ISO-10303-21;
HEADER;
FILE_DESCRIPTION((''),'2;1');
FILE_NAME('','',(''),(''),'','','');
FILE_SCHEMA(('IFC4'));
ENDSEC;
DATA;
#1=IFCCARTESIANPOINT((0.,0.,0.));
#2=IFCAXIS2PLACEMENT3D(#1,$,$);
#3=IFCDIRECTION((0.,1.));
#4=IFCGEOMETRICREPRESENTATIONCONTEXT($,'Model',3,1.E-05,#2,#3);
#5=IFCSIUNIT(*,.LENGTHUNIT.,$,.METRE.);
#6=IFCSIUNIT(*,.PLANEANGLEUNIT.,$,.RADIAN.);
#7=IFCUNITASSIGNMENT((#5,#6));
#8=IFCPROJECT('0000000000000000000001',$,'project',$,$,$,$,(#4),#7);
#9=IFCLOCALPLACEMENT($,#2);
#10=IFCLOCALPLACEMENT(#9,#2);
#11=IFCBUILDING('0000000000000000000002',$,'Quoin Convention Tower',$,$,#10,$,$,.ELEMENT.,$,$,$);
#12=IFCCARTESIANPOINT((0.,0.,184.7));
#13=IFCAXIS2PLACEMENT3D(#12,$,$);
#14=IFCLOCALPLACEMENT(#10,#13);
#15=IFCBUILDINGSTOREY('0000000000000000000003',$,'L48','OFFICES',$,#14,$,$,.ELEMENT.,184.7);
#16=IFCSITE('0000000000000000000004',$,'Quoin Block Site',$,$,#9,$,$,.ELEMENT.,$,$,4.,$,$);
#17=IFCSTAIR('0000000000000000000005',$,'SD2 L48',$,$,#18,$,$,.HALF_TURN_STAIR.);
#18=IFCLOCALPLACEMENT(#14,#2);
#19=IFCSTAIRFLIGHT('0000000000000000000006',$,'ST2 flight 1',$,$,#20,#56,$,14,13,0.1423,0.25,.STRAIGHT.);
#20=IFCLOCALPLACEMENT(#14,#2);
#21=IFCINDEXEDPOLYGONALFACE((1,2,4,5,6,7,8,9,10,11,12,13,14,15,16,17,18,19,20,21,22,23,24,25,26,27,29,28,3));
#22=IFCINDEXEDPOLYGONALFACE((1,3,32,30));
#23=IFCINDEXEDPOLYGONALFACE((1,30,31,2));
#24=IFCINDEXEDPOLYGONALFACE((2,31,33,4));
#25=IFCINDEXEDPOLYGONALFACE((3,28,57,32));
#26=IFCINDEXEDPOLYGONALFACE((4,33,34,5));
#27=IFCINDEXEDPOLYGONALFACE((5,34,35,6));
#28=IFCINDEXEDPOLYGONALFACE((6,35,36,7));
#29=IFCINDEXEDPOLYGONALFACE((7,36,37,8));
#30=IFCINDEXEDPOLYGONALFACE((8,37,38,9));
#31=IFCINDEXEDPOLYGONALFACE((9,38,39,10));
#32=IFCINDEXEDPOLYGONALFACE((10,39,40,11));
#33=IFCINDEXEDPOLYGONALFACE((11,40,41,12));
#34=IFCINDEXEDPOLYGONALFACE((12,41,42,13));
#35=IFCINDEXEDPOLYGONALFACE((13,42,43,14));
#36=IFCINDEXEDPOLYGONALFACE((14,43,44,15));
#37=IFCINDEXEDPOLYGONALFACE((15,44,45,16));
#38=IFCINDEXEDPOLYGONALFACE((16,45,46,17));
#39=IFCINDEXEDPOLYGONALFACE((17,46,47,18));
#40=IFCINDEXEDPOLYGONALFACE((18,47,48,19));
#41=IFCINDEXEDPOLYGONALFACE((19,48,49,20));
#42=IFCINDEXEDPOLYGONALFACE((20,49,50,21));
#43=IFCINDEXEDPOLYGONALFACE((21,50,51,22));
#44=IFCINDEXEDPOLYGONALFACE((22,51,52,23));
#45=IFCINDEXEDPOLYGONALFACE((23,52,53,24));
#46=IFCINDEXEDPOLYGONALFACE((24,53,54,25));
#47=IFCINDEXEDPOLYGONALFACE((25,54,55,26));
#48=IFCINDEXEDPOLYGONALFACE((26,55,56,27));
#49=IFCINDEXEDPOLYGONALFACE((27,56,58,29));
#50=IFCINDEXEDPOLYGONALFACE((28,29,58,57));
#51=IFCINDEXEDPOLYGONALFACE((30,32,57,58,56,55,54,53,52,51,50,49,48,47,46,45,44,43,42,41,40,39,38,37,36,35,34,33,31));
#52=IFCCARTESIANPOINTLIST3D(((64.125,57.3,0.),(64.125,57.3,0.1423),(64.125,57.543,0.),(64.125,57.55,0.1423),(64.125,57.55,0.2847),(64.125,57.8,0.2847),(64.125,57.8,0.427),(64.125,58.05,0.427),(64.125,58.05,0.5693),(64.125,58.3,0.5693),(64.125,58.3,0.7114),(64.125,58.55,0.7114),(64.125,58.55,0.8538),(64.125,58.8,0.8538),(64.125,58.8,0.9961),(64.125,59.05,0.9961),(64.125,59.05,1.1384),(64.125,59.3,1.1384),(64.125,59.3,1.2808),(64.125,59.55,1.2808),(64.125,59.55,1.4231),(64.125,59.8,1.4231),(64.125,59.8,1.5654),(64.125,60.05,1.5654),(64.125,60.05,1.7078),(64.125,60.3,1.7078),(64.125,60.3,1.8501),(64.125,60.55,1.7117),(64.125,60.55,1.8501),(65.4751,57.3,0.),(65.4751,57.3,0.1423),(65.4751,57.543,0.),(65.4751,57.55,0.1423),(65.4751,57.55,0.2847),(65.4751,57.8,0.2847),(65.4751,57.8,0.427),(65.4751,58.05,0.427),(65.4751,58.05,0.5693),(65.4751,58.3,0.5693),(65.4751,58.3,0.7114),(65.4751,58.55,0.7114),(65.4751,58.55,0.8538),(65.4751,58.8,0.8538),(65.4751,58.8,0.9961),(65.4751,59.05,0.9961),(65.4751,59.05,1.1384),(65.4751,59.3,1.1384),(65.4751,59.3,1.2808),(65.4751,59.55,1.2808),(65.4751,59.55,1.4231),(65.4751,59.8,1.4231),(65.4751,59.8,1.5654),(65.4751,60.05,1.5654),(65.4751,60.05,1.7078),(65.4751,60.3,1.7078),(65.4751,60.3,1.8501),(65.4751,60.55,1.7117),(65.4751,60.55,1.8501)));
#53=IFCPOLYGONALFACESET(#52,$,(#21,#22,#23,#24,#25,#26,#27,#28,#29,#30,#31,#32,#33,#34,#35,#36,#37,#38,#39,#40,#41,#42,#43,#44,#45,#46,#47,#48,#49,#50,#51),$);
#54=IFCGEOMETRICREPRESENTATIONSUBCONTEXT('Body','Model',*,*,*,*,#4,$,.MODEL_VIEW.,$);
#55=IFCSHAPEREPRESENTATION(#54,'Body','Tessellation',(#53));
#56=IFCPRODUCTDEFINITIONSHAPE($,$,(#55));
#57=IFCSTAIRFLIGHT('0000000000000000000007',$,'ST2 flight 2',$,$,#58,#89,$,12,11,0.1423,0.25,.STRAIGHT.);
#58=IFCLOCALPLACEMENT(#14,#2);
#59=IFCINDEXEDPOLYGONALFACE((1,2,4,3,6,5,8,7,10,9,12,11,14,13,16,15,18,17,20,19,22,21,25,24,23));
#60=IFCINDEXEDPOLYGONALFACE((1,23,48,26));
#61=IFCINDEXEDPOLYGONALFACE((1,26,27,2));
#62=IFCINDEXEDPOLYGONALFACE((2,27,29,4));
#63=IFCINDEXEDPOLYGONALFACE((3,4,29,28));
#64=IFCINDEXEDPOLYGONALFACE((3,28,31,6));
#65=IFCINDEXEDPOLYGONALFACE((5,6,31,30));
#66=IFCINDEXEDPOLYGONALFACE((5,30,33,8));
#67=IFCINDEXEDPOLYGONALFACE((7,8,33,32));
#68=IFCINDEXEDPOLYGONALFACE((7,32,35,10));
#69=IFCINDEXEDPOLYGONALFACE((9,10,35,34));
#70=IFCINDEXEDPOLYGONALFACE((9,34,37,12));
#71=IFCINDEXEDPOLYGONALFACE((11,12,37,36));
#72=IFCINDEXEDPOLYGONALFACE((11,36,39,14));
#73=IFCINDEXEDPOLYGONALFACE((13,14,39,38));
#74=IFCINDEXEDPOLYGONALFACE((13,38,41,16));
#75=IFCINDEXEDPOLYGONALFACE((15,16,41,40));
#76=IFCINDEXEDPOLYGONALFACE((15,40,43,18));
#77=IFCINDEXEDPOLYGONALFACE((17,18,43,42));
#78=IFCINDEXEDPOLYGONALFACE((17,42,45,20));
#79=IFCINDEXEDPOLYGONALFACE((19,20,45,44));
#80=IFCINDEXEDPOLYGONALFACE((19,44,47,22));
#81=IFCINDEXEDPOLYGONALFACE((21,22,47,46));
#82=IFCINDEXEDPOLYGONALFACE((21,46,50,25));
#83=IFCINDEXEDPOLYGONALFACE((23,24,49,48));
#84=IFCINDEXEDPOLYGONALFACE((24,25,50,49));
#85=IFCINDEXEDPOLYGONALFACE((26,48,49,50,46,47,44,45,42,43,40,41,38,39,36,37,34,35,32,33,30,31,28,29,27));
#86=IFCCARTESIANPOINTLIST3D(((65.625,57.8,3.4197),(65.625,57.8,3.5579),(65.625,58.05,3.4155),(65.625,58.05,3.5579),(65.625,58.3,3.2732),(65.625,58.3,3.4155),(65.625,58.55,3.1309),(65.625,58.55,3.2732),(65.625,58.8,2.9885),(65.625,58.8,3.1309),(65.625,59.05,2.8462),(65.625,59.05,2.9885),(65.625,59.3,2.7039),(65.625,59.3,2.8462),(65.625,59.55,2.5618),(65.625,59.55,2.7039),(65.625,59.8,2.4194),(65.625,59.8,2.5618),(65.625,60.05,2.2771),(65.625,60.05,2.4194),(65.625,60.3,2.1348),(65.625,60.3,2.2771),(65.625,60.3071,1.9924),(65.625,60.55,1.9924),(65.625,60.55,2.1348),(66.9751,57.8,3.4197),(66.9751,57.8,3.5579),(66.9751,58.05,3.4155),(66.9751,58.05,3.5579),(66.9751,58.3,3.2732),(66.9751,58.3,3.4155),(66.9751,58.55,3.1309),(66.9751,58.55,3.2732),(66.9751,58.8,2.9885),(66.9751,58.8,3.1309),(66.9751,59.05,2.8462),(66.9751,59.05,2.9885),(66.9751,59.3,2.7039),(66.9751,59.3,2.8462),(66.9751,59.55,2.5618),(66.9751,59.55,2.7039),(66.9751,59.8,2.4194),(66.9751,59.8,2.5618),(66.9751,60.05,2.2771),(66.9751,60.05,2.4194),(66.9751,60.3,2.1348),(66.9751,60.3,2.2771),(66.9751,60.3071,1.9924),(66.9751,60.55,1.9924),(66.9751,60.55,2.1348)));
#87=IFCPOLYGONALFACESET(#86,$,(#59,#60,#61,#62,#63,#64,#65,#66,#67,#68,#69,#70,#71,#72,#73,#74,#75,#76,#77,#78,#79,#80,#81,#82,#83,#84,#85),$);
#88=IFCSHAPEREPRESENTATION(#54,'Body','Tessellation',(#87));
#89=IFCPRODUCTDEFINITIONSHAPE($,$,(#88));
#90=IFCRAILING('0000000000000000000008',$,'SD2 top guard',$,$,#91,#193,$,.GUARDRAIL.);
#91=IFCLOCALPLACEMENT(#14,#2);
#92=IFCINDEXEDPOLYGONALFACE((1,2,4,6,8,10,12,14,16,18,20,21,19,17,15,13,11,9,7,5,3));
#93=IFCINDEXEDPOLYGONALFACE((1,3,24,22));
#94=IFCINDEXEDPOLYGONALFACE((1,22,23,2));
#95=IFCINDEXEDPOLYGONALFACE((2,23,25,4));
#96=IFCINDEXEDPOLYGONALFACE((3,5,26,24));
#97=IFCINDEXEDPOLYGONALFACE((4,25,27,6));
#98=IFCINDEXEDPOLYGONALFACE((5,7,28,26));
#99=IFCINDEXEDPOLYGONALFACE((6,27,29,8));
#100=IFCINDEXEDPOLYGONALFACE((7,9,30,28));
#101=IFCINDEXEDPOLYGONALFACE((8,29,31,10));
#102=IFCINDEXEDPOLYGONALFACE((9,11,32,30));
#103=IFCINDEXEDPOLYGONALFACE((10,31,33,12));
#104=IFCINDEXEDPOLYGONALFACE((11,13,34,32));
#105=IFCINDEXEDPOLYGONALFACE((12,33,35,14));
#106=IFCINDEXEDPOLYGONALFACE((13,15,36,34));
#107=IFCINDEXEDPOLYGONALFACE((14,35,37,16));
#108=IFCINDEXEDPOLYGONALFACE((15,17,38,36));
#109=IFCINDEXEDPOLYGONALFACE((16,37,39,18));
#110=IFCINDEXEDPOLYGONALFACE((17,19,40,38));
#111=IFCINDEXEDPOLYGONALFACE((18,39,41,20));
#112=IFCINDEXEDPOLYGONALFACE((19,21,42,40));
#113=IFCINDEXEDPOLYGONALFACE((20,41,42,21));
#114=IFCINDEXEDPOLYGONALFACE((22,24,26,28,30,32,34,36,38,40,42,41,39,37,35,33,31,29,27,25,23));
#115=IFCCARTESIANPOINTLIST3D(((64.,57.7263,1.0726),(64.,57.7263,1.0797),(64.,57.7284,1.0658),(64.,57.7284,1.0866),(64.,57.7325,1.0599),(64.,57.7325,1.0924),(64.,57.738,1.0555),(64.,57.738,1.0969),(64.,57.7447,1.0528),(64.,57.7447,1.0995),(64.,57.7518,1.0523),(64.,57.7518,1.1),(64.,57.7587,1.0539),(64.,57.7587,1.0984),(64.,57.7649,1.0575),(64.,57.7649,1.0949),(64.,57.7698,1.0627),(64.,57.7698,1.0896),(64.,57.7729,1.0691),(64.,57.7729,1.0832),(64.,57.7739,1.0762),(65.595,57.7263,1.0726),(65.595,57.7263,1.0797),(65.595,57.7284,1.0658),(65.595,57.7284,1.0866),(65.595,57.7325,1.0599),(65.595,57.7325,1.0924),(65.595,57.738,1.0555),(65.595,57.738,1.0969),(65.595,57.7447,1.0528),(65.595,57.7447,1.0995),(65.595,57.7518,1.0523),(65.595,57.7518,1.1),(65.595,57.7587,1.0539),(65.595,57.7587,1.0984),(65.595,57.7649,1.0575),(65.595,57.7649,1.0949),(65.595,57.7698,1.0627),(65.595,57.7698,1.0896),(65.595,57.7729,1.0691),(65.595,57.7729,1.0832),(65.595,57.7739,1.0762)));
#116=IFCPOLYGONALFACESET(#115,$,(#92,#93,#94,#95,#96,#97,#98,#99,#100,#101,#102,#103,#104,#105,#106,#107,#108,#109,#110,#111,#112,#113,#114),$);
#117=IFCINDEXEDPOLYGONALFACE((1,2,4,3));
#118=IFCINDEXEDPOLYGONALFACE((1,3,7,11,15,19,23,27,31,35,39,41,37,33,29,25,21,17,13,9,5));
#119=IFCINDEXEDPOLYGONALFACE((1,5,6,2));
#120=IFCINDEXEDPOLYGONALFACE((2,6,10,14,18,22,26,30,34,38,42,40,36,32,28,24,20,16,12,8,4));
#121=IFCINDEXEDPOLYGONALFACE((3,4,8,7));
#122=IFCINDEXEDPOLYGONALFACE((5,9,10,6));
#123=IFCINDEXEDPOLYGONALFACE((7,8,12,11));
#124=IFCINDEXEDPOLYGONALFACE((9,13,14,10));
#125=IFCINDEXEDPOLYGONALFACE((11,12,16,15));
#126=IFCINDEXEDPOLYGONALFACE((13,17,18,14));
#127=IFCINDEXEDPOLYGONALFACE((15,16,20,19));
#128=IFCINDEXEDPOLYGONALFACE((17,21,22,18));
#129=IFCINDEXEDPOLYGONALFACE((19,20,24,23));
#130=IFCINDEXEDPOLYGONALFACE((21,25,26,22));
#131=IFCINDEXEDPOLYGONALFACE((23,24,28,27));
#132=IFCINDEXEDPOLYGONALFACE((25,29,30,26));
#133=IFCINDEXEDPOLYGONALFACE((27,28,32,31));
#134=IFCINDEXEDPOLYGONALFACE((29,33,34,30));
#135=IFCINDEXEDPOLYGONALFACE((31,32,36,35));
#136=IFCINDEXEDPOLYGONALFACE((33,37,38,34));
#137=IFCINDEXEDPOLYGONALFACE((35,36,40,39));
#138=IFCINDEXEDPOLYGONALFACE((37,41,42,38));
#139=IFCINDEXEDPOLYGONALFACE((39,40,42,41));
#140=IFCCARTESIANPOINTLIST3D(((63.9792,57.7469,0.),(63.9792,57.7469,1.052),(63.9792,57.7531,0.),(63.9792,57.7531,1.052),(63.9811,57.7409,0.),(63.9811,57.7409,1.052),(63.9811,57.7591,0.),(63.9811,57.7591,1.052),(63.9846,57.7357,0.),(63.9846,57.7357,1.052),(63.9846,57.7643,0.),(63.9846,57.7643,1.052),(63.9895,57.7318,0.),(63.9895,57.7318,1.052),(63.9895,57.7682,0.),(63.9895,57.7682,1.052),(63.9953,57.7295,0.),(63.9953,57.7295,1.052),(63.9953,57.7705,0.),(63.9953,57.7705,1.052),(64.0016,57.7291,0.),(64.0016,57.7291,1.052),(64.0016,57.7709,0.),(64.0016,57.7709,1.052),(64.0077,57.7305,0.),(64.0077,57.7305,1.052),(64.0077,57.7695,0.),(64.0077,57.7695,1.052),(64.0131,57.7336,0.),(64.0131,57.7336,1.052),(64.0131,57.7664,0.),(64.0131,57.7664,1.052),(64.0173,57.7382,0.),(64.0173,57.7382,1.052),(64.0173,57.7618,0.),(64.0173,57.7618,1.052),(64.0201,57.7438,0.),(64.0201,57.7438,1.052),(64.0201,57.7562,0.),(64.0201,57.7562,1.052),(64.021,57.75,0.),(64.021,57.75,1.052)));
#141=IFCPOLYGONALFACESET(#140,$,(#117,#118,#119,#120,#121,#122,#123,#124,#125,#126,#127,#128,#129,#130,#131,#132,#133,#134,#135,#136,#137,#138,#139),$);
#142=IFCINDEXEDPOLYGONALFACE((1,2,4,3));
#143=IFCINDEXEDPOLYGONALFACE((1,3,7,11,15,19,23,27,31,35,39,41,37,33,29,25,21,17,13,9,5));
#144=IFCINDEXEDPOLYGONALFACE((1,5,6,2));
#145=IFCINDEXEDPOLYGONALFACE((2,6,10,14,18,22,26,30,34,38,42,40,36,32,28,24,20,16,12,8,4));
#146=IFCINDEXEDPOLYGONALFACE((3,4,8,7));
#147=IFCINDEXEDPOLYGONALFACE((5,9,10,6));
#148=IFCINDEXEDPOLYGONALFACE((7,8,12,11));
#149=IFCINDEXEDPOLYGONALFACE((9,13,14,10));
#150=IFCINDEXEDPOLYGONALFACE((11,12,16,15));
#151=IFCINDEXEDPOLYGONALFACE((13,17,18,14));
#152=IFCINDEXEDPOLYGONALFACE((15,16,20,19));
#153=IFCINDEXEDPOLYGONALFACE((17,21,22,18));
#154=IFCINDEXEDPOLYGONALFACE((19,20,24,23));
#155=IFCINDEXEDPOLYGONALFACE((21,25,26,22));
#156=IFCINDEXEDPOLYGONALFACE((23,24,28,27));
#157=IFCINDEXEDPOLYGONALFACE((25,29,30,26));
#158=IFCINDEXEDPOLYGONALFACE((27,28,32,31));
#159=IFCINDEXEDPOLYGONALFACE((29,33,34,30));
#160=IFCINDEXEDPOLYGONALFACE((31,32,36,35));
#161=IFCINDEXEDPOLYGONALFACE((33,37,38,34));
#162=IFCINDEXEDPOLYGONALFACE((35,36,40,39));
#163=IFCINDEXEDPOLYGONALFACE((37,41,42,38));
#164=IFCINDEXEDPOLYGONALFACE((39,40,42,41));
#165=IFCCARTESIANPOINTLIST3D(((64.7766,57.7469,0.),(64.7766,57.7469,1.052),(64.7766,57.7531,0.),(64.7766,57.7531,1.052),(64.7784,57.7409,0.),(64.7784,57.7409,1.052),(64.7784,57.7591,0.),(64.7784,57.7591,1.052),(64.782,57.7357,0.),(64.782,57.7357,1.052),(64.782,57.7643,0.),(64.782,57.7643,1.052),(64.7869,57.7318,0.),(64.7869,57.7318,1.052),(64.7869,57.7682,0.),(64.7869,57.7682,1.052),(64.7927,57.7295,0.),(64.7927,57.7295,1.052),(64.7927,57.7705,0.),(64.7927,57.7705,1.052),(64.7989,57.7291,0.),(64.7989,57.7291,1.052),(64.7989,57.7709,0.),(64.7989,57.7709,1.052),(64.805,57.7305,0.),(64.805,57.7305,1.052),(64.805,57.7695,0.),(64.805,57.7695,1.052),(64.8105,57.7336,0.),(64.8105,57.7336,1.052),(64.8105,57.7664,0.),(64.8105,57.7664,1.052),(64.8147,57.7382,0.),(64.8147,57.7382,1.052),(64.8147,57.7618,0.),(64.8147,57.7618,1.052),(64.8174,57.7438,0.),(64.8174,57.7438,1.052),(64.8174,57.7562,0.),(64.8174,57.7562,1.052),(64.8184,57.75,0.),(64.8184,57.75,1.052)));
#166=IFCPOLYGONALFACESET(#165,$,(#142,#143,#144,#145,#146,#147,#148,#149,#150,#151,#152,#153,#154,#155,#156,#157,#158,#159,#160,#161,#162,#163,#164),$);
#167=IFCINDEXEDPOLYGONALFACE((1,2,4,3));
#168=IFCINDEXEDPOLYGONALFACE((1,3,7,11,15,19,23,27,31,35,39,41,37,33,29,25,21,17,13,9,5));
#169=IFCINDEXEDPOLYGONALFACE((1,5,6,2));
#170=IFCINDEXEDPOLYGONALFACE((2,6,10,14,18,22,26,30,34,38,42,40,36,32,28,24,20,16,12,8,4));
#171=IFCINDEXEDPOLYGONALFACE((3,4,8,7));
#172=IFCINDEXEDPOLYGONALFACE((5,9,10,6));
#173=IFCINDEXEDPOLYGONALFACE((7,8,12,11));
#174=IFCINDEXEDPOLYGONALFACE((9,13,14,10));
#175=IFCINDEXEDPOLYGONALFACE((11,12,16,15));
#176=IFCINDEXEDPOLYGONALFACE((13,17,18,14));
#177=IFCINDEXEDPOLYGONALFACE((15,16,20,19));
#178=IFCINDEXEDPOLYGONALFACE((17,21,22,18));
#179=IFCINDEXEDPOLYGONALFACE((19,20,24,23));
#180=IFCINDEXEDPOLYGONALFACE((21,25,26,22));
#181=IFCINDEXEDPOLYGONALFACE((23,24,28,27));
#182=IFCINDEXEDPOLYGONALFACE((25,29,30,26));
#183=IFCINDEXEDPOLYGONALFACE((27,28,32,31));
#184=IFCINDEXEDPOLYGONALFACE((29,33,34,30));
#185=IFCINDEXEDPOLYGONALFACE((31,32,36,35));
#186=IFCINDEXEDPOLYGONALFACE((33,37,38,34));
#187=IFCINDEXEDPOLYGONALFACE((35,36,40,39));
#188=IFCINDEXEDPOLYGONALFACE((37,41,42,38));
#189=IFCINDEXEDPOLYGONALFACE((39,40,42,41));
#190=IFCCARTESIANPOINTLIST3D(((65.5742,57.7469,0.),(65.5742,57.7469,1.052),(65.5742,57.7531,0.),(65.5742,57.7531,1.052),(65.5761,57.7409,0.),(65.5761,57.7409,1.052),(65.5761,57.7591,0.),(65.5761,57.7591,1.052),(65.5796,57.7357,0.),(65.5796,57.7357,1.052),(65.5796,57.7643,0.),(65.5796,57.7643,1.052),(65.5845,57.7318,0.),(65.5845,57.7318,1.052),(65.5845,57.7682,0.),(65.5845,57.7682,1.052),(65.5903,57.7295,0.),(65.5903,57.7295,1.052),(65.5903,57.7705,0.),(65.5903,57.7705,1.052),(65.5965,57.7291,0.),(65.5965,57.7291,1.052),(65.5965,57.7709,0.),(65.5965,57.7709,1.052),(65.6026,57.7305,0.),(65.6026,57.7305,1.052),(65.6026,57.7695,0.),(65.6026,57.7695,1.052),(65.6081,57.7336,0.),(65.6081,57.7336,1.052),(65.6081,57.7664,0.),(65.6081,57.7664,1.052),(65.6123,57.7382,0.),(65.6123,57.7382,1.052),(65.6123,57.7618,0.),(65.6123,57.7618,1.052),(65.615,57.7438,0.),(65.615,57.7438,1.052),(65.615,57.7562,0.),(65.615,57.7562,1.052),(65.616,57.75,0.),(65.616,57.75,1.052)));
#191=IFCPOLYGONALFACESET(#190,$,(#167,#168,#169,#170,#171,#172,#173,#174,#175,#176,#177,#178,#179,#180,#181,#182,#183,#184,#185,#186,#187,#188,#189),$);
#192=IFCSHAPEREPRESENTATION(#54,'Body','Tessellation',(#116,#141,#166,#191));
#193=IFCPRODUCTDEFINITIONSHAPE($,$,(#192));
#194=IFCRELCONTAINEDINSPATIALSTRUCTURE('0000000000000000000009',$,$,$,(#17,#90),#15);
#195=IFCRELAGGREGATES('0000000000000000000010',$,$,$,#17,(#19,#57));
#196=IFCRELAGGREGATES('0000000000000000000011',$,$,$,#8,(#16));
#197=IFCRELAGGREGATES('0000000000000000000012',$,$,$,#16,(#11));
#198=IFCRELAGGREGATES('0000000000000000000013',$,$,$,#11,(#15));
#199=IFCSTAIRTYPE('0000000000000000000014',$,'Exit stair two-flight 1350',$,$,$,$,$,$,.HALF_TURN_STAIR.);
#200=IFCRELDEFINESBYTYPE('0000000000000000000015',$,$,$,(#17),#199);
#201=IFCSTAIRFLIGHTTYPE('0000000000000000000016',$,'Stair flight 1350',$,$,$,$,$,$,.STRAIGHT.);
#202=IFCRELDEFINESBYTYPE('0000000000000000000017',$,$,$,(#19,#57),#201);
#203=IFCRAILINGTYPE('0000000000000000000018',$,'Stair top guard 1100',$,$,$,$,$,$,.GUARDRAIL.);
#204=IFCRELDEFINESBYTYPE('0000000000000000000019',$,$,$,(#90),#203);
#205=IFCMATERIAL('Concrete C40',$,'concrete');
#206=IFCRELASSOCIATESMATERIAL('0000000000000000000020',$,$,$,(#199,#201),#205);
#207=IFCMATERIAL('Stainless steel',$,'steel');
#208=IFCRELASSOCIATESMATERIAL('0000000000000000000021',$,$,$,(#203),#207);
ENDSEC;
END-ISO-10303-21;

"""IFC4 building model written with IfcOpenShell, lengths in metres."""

from ifc_helpers import new_model, si_unit, direction, frame, origin, origin_2d, place, context, subcontext, project, spatial, polyline, circle, outline, extrude, material, type_object, element, aggregate, save


model = new_model("IFC4")

# Units and contexts
model_context = context("Model", 3, precision=1e-05, world=origin(), true_north=direction((0.0, 1.0)))
body_context = subcontext(model_context, "Body", "Model", "MODEL_VIEW")
ifc_project = project(units=[si_unit("LENGTHUNIT", "METRE"), si_unit("PLANEANGLEUNIT", "RADIAN")], contexts=[model_context])

# Site, building, storey
site_placement = place(None, origin())
site = spatial("IfcSite", under=ifc_project, at=site_placement, Name="Quoin Block Site", CompositionType="ELEMENT", RefElevation=4.0)
building_placement = place(site_placement, origin())
building = spatial("IfcBuilding", under=site, at=building_placement, Name="Quoin Convention Tower", CompositionType="ELEMENT")
storey_placement = place(building_placement, frame((0.0, 0.0, 184.7)))
storey = spatial("IfcBuildingStorey", under=building, at=storey_placement, Name="L48", Description="OFFICES", CompositionType="ELEMENT", Elevation=184.7)

# Stair, stair flights
ifc_material_1 = material(Name="Concrete C40", Category="concrete")
stair_type = type_object("IfcStairType", Name="Exit stair two-flight 1350", PredefinedType="HALF_TURN_STAIR", material=ifc_material_1)
stair_placement = place(storey_placement, origin())
stair = element("IfcStair", 1, at=stair_placement, inside=storey, type_object=stair_type, Name="SD2 L48", PredefinedType="HALF_TURN_STAIR")
stair_flight_type = type_object("IfcStairFlightType", Name="Stair flight 1350", PredefinedType="STRAIGHT", material=ifc_material_1)
stair_flight_1_placement = place(storey_placement, frame((64.8, 57.3, 0.0), z_axis=(0.0, 0.0, 1.0), x_axis=(0.0, 1.0, 0.0)))
stair_flight_1 = element("IfcStairFlight", 2, at=stair_flight_1_placement, type_object=stair_flight_type, Name="ST2 flight 1", NumberOfRisers=14, NumberOfTreads=13, PredefinedType="STRAIGHT", RiserHeight=0.1423, TreadLength=0.25, context=body_context, shape_type="SweptSolid", body=[
    extrude(outline(polyline([(0.0, 0.0), (0.0, 0.1423), (0.25, 0.1423), (0.25, 0.2847), (0.5, 0.2847), (0.5, 0.427), (0.75, 0.427), (0.75, 0.5693), (1.0, 0.5693), (1.0, 0.7114), (1.25, 0.7114), (1.25, 0.8538), (1.5, 0.8538), (1.5, 0.9961), (1.75, 0.9961), (1.75, 1.1384), (2.0, 1.1384), (2.0, 1.2808), (2.25, 1.2808), (2.25, 1.4231), (2.5, 1.4231), (2.5, 1.5654), (2.75, 1.5654), (2.75, 1.7078), (3.0, 1.7078), (3.0, 1.8501), (3.25, 1.8501), (3.25, 1.9922), (3.25, 1.7117), (0.2429, 0.0), (0.0, 0.0)])), frame((0.0, 0.675, 0.0), z_axis=(0.0, -1.0, 0.0), x_axis=(1.0, 0.0, 0.0)), (0.0, 0.0, 1.0), 1.3501),
])
stair_flight_2_placement = place(storey_placement, frame((66.3, 60.55, 1.9924), z_axis=(0.0, 0.0, 1.0), x_axis=(0.0, -1.0, 0.0)))
stair_flight_2 = element("IfcStairFlight", 3, at=stair_flight_2_placement, type_object=stair_flight_type, Name="ST2 flight 2", NumberOfRisers=12, NumberOfTreads=11, PredefinedType="STRAIGHT", RiserHeight=0.1423, TreadLength=0.25, context=body_context, shape_type="SweptSolid", body=[
    extrude(outline(polyline([(0.0, 0.0), (0.0, 0.1423), (0.25, 0.1423), (0.25, 0.2847), (0.5, 0.2847), (0.5, 0.427), (0.75, 0.427), (0.75, 0.5693), (1.0, 0.5693), (1.0, 0.7114), (1.25, 0.7114), (1.25, 0.8538), (1.5, 0.8538), (1.5, 0.9961), (1.75, 0.9961), (1.75, 1.1384), (2.0, 1.1384), (2.0, 1.2808), (2.25, 1.2808), (2.25, 1.4231), (2.5, 1.4231), (2.5, 1.5654), (2.75, 1.5654), (2.75, 1.7078), (2.75, 1.4272), (0.2429, 0.0), (0.0, 0.0)])), frame((0.0, 0.675, 0.0), z_axis=(0.0, -1.0, 0.0), x_axis=(1.0, 0.0, 0.0)), (0.0, 0.0, 1.0), 1.3501),
])
aggregate(stair, [stair_flight_1, stair_flight_2])

# Railing
ifc_material_2 = material(Name="Stainless steel", Category="steel")
railing_type_1 = type_object("IfcRailingType", Name="Stair top guard 1100", PredefinedType="GUARDRAIL", material=ifc_material_2)
railing_1_placement = place(storey_placement, frame((64.0, 57.75, 0.0)))
element("IfcRailing", 4, at=railing_1_placement, inside=storey, type_object=railing_type_1, Name="SD2 top guard", PredefinedType="GUARDRAIL", context=body_context, shape_type="SweptSolid", body=[
    extrude(circle(Radius=0.0239, at=origin_2d()), frame((0.0, 0.0, 1.0762), z_axis=(1.0, 0.0, 0.0), x_axis=(0.0, 1.0, 0.0)), (0.0, 0.0, 1.0), 1.595),
    extrude(circle(Radius=0.021, at=origin_2d()), origin(), (0.0, 0.0, 1.0), 1.052),
    extrude(circle(Radius=0.021, at=origin_2d()), frame((0.7974, 0.0, 0.0)), (0.0, 0.0, 1.0), 1.052),
    extrude(circle(Radius=0.021, at=origin_2d()), frame((1.595, 0.0, 0.0)), (0.0, 0.0, 1.0), 1.052),
])

save(model, "model.ifc")
